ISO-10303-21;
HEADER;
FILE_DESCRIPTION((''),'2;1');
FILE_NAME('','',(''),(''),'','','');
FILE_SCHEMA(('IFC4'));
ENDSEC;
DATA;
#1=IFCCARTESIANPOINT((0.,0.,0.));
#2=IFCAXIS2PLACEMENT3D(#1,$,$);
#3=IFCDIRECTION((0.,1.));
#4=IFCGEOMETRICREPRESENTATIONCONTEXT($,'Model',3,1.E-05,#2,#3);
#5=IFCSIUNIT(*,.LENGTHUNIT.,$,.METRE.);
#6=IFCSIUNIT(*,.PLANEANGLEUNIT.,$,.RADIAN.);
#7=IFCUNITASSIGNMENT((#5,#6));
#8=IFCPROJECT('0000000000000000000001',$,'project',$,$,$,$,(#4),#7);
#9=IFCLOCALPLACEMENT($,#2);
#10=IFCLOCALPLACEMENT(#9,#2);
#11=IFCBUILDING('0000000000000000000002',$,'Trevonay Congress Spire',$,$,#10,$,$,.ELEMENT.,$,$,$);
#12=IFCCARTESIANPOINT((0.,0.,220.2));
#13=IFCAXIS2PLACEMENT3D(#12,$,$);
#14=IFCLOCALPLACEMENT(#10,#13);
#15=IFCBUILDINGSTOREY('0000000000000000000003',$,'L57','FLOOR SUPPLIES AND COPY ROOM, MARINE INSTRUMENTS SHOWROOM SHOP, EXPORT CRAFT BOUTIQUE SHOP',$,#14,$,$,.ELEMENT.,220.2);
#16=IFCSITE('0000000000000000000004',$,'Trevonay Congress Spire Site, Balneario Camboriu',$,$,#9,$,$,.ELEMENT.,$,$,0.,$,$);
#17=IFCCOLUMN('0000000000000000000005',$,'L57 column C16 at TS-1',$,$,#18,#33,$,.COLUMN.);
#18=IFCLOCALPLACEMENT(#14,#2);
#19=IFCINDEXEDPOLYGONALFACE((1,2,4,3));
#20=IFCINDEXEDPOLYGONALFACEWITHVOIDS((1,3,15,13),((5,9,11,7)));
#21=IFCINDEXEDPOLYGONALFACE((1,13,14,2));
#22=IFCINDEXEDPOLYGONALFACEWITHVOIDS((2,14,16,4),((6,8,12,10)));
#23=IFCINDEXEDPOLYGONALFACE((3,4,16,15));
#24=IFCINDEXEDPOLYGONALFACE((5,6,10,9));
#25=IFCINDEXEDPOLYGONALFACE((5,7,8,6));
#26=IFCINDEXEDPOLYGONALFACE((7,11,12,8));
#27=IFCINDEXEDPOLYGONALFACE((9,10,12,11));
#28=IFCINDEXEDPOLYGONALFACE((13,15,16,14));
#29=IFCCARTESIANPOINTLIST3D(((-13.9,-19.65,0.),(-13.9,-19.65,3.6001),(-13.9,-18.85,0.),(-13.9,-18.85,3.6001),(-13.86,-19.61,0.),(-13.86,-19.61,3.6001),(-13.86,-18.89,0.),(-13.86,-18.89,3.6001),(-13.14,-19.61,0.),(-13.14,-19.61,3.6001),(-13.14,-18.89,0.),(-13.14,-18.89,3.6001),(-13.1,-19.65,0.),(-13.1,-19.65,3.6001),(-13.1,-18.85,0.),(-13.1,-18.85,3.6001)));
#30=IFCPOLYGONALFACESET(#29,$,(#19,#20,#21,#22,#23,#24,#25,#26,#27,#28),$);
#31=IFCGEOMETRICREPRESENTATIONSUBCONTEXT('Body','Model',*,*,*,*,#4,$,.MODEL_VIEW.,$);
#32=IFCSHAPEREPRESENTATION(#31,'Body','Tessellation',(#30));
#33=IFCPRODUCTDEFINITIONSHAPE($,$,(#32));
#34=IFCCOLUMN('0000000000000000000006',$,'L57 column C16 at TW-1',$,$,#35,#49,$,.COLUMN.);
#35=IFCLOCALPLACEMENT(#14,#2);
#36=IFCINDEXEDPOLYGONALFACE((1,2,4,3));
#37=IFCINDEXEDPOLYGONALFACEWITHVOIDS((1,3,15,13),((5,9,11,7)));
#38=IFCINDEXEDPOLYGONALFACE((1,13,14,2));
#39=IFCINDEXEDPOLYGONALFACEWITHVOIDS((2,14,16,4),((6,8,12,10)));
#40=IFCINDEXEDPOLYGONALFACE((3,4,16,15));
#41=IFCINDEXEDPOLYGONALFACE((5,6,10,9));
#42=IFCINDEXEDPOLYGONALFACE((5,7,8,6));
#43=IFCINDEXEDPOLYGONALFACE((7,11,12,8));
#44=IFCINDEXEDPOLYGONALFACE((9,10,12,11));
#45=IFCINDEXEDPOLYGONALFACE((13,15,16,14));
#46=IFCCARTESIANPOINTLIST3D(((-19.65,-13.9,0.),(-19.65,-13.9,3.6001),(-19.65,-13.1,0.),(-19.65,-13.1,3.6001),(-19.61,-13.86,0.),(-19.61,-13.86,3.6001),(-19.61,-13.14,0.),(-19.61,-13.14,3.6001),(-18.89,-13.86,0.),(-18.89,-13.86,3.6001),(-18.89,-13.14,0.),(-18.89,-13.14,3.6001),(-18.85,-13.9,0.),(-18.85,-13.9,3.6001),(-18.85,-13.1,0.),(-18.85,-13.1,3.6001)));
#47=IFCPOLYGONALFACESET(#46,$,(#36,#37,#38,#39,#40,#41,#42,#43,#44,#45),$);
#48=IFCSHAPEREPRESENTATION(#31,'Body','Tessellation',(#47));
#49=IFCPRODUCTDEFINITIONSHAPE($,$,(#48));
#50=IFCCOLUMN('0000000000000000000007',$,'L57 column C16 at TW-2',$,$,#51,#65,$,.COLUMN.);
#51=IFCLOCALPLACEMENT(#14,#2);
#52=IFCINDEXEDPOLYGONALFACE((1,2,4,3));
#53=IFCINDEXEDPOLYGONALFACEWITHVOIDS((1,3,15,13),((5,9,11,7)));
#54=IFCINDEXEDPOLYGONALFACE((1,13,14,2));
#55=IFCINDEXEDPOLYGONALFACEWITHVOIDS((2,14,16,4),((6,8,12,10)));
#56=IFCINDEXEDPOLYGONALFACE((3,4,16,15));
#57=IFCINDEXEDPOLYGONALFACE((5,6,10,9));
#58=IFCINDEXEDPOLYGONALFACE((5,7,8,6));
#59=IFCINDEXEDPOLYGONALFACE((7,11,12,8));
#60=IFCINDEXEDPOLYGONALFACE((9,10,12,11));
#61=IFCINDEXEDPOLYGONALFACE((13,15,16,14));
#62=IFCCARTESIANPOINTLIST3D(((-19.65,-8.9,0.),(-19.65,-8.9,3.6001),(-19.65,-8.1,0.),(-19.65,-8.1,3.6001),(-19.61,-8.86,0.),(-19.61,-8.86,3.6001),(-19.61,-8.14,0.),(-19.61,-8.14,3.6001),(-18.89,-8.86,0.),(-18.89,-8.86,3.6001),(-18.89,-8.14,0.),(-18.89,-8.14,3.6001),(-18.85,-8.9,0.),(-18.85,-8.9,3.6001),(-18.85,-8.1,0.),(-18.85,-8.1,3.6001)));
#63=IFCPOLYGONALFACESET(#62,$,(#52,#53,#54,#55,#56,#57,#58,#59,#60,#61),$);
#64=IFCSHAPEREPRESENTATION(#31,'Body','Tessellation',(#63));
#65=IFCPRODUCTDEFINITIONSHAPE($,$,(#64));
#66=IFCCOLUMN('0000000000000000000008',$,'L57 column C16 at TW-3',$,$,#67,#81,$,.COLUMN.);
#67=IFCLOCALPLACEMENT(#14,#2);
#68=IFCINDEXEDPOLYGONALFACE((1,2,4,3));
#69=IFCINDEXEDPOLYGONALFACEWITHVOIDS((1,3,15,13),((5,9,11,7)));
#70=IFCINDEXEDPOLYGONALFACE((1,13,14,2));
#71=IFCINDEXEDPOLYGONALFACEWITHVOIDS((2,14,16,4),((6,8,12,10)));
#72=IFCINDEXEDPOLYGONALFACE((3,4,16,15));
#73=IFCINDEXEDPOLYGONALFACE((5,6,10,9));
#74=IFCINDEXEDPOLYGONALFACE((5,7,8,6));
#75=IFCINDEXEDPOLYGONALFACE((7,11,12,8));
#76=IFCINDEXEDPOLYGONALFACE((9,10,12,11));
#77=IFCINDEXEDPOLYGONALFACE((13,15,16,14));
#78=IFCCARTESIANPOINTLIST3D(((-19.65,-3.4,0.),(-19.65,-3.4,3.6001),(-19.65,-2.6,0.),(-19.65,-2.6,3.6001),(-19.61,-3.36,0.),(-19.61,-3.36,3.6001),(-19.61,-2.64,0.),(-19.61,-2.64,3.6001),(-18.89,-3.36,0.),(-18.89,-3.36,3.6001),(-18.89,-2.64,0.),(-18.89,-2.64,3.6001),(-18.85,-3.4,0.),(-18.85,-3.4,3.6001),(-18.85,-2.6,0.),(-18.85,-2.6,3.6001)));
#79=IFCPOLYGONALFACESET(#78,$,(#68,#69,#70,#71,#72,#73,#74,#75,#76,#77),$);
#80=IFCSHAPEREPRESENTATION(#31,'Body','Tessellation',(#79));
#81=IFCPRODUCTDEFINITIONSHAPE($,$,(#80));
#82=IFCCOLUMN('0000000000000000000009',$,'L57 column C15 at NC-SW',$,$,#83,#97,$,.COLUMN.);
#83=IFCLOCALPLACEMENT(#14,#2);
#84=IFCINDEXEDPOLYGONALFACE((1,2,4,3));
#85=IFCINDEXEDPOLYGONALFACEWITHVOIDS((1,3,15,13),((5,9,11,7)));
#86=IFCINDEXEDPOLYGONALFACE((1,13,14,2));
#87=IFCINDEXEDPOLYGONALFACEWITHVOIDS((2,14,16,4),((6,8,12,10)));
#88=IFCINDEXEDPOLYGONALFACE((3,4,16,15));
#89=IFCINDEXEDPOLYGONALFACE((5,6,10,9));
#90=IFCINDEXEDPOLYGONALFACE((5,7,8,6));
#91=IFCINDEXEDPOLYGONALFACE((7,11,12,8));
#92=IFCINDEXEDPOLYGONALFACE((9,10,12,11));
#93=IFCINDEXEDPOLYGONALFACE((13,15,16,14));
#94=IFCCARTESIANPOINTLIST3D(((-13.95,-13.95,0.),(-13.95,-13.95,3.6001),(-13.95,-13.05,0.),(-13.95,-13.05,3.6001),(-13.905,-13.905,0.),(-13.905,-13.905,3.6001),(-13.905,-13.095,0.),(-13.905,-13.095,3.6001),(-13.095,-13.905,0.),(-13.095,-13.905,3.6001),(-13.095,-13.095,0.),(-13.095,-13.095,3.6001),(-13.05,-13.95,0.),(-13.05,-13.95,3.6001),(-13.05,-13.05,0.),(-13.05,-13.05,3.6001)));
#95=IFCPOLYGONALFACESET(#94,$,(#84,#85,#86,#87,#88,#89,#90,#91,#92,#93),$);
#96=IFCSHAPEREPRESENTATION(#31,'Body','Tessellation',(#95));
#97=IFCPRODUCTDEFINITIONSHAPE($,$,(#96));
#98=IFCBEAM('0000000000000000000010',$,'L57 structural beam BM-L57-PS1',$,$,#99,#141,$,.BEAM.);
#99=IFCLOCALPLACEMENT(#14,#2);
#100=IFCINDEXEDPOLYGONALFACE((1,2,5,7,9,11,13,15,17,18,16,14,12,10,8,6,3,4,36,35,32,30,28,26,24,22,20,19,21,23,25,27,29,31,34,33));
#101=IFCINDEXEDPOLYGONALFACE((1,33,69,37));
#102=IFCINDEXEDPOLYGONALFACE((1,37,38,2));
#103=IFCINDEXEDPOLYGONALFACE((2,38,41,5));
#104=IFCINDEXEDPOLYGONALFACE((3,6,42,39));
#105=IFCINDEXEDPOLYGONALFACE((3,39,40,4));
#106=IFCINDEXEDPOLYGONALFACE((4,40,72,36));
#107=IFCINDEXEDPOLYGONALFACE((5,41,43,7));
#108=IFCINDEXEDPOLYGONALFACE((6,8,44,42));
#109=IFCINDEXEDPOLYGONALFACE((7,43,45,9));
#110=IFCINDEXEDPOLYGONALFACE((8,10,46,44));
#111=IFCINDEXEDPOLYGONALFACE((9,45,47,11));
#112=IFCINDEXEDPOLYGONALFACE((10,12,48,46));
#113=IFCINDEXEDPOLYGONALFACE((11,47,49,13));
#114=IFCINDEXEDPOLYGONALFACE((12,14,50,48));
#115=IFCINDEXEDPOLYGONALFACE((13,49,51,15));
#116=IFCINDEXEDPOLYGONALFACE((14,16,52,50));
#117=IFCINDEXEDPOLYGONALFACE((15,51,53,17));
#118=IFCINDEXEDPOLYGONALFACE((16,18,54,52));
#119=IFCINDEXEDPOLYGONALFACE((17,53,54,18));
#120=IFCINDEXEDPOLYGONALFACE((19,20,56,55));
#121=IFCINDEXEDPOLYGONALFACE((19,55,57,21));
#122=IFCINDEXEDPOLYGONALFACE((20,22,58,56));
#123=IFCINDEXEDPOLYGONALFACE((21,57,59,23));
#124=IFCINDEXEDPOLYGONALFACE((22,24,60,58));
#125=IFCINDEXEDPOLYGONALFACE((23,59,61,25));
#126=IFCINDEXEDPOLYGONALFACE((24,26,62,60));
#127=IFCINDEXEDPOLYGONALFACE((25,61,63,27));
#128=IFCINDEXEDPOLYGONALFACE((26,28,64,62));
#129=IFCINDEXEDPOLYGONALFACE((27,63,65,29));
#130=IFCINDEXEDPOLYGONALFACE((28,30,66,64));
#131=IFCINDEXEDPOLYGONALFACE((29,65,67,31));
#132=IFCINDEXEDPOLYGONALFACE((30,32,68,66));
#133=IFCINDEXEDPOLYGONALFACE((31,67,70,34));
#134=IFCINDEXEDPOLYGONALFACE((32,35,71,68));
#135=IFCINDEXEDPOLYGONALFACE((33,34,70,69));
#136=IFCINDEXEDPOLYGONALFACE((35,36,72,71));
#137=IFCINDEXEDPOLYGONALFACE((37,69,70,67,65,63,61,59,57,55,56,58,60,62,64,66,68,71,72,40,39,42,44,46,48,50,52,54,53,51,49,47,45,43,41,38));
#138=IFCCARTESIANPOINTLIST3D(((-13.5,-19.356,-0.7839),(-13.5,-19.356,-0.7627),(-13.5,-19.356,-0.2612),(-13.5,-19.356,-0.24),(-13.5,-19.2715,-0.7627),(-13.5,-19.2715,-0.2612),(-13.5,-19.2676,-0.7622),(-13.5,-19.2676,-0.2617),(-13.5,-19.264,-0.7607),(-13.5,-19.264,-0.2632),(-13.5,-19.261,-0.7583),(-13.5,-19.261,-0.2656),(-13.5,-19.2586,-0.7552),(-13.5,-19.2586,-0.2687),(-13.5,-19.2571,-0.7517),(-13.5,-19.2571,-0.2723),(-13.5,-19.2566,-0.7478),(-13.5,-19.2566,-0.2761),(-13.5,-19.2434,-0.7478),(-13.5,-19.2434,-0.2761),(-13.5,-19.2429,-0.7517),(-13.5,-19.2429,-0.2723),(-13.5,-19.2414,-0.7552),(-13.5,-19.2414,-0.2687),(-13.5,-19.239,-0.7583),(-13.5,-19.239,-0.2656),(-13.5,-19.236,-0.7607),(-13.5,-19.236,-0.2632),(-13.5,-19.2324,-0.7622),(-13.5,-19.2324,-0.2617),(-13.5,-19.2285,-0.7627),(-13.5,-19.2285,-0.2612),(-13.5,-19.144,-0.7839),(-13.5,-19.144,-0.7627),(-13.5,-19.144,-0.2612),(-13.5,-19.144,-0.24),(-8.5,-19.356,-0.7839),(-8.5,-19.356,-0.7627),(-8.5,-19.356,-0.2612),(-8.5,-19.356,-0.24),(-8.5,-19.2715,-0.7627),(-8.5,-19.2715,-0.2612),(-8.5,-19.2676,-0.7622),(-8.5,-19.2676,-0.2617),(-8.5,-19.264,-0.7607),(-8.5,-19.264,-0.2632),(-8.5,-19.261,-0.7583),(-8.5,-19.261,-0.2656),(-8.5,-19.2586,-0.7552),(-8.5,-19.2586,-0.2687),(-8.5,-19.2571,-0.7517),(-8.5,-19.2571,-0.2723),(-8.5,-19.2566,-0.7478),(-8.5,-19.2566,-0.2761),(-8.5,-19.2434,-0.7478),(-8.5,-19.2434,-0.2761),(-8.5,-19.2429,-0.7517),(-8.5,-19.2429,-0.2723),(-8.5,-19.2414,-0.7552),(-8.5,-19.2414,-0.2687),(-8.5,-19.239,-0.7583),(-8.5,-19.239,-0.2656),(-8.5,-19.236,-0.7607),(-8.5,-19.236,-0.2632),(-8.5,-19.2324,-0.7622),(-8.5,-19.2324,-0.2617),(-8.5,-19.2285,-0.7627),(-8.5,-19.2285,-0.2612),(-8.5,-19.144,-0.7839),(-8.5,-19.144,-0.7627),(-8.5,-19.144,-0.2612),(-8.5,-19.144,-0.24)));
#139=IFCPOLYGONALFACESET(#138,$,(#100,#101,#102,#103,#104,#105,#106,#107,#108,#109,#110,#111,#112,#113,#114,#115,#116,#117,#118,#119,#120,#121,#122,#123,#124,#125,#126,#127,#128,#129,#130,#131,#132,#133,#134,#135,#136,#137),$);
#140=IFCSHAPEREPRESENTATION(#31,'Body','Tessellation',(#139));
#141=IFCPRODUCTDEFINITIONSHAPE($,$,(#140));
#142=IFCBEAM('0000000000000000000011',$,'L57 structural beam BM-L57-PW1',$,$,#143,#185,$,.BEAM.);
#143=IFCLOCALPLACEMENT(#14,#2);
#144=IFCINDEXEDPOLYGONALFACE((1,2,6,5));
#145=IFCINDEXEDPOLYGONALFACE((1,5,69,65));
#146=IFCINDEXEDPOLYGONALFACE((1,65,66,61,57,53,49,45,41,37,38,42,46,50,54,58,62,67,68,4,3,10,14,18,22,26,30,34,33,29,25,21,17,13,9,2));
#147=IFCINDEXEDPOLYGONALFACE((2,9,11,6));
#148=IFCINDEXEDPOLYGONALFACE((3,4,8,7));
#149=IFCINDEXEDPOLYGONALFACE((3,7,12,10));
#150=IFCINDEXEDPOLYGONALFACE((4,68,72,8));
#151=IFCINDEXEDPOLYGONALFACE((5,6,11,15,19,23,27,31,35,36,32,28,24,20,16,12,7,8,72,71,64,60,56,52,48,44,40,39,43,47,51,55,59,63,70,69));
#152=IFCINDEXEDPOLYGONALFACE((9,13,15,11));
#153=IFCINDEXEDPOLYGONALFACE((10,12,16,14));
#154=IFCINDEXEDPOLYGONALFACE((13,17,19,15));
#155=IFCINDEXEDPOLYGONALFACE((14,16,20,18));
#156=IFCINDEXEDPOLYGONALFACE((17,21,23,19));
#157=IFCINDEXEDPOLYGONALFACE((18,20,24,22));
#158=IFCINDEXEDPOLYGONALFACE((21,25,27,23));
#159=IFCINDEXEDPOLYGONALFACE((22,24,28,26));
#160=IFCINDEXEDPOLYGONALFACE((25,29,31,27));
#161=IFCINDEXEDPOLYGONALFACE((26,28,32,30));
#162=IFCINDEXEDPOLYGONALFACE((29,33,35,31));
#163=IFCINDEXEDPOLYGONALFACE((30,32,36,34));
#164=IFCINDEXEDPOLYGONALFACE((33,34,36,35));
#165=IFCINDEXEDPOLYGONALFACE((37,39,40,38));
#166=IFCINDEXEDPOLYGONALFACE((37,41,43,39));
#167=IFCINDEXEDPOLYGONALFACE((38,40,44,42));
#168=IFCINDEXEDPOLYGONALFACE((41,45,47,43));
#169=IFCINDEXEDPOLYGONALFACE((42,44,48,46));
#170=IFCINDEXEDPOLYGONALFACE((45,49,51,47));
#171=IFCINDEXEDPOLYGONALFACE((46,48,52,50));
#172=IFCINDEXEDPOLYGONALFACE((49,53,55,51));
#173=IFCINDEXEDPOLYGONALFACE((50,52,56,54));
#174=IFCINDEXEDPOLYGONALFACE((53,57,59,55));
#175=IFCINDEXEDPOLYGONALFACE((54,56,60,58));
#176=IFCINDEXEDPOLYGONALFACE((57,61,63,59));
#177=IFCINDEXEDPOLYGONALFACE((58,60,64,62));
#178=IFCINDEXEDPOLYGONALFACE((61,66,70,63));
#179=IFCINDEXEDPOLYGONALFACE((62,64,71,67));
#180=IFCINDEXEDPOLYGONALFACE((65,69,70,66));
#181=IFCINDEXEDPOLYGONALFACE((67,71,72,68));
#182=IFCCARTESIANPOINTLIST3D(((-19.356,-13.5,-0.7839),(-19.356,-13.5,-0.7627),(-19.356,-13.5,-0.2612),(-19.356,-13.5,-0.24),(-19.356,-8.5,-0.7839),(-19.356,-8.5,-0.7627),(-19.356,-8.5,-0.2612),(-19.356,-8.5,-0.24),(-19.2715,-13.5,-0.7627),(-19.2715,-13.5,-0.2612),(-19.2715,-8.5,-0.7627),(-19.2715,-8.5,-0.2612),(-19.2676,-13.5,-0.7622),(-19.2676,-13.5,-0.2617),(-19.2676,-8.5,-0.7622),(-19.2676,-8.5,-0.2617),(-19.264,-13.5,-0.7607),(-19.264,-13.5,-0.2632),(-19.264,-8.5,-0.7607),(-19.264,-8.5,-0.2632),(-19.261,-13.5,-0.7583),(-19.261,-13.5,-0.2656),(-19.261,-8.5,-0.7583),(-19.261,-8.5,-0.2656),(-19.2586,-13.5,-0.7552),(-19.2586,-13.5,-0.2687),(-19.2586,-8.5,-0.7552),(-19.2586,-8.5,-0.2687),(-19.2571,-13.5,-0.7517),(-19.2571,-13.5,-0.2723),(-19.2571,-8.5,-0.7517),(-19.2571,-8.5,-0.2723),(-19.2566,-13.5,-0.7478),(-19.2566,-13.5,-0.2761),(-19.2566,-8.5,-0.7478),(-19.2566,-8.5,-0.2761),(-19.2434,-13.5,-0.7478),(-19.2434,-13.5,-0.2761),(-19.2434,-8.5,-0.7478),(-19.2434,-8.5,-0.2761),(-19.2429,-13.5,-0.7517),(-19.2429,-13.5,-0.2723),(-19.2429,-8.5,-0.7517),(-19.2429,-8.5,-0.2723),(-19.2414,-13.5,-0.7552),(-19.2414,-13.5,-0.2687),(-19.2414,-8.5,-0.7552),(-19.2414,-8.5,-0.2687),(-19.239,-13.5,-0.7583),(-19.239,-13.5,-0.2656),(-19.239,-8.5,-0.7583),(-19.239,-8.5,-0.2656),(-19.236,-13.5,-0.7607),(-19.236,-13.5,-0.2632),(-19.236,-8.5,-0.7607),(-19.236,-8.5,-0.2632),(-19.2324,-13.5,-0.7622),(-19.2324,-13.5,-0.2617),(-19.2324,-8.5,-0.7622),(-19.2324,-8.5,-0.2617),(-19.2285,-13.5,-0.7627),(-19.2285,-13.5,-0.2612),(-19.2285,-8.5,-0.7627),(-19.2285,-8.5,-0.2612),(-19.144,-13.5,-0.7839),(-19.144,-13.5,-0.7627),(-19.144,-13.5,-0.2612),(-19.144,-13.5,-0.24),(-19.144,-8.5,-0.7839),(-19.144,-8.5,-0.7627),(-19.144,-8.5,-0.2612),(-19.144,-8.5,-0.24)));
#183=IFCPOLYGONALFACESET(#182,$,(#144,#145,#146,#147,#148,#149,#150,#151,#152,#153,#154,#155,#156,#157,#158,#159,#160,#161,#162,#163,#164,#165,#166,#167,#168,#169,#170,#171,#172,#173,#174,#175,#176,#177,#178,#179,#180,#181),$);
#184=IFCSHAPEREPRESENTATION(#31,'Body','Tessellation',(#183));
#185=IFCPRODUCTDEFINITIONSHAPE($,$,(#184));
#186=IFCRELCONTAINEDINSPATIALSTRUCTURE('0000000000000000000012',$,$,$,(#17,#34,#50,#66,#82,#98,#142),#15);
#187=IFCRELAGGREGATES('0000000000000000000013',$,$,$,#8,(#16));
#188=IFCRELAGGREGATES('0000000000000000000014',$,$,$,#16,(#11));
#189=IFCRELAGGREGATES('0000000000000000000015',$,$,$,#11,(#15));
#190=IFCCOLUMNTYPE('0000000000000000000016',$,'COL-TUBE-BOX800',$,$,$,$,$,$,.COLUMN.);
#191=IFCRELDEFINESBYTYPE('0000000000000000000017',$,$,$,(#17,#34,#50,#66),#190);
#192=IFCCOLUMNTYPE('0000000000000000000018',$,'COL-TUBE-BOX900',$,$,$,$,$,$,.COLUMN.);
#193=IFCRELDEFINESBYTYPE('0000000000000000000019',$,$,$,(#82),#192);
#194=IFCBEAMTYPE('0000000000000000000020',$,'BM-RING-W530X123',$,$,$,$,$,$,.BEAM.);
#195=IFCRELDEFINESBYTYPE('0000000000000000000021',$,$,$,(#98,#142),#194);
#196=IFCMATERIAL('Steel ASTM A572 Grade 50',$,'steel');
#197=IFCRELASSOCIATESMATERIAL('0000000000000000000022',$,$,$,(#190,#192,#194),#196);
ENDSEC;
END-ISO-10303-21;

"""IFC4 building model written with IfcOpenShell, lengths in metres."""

from ifc_helpers import new_model, si_unit, direction, frame, origin, origin_2d, place, context, subcontext, project, spatial, hollow_rectangle, i_section, extrude, material, material_profile, profile_set, type_object, element, save


model = new_model("IFC4")

# Units and contexts
model_context = context("Model", 3, precision=1e-05, world=origin(), true_north=direction((0.0, 1.0)))
body_context = subcontext(model_context, "Body", "Model", "MODEL_VIEW")
ifc_project = project(units=[si_unit("LENGTHUNIT", "METRE"), si_unit("PLANEANGLEUNIT", "RADIAN")], contexts=[model_context])

# Site, building, storey
site_placement = place(None, origin())
site = spatial("IfcSite", under=ifc_project, at=site_placement, Name="Trevonay Congress Spire Site, Balneario Camboriu", CompositionType="ELEMENT", RefElevation=0.0)
building_placement = place(site_placement, origin())
building = spatial("IfcBuilding", under=site, at=building_placement, Name="Trevonay Congress Spire", CompositionType="ELEMENT")
storey_placement = place(building_placement, frame((0.0, 0.0, 220.2)))
storey = spatial("IfcBuildingStorey", under=building, at=storey_placement, Name="L57", Description="FLOOR SUPPLIES AND COPY ROOM, MARINE INSTRUMENTS SHOWROOM SHOP, EXPORT CRAFT BOUTIQUE SHOP", CompositionType="ELEMENT", Elevation=220.2)

# Columns
ifc_material_1 = material(Name="Steel ASTM A572 Grade 50", Category="steel")
ifc_material_profile_1 = material_profile(ifc_material_1, hollow_rectangle(XDim=0.8, YDim=0.8, WallThickness=0.04, at=origin_2d()), Name="BOX 800x800x40")
ifc_profile_set_1 = profile_set([ifc_material_profile_1], Name="Steel ASTM A572 Grade 50")
column_type_1 = type_object("IfcColumnType", Name="COL-TUBE-BOX800", PredefinedType="COLUMN", material=ifc_profile_set_1)
for number, where, z_axis, x_axis, name in (
    (1, (-13.5, -19.25, 0.0), (0.0, 0.0, 1.0), (1.0, 0.0, 0.0), "L57 column C16 at TS-1"),
    (2, (-19.25, -13.5, 0.0), (0.0, 0.0, 1.0), (1.0, 0.0, 0.0), "L57 column C16 at TW-1"),
    (3, (-19.25, -8.5, 0.0), (0.0, 0.0, 1.0), (1.0, 0.0, 0.0), "L57 column C16 at TW-2"),
    (4, (-19.25, -3.0, 0.0), (0.0, 0.0, 1.0), (1.0, 0.0, 0.0), "L57 column C16 at TW-3"),
):
    element("IfcColumn", number, at=place(storey_placement, frame(where, z_axis=z_axis, x_axis=x_axis)), inside=storey, type_object=column_type_1, Name=name, PredefinedType="COLUMN", context=body_context, shape_type="SweptSolid", body=[
        extrude(hollow_rectangle(XDim=0.8, YDim=0.8, WallThickness=0.04, at=origin_2d()), origin(), (0.0, 0.0, 1.0), 3.6001),
    ])
ifc_material_profile_2 = material_profile(ifc_material_1, hollow_rectangle(XDim=0.8999, YDim=0.8999, WallThickness=0.0449, at=origin_2d()), Name="BOX 900x900x45")
ifc_profile_set_2 = profile_set([ifc_material_profile_2], Name="Steel ASTM A572 Grade 50")
column_type_2 = type_object("IfcColumnType", Name="COL-TUBE-BOX900", PredefinedType="COLUMN", material=ifc_profile_set_2)
column_placement = place(storey_placement, frame((-13.5, -13.5, 0.0), z_axis=(0.0, 0.0, 1.0), x_axis=(1.0, 0.0, 0.0)))
element("IfcColumn", 5, at=column_placement, inside=storey, type_object=column_type_2, Name="L57 column C15 at NC-SW", PredefinedType="COLUMN", context=body_context, shape_type="SweptSolid", body=[
    extrude(hollow_rectangle(XDim=0.8999, YDim=0.8999, WallThickness=0.0449, at=origin_2d()), origin(), (0.0, 0.0, 1.0), 3.6001),
])

# Beams
ifc_material_profile_3 = material_profile(ifc_material_1, i_section(OverallWidth=0.2119, OverallDepth=0.5439, WebThickness=0.0132, FlangeThickness=0.0212, FilletRadius=0.0149, at=origin_2d()), Name="W530x123")
ifc_profile_set_3 = profile_set([ifc_material_profile_3], Name="Steel ASTM A572 Grade 50")
beam_type_1 = type_object("IfcBeamType", Name="BM-RING-W530X123", PredefinedType="BEAM", material=ifc_profile_set_3)
for number, where, z_axis, x_axis, name in (
    (6, (-13.5, -19.25, -0.512), (1.0, 0.0, 0.0), (0.0, 1.0, 0.0), "L57 structural beam BM-L57-PS1"),
    (7, (-19.25, -13.5, -0.512), (0.0, 1.0, 0.0), (-1.0, 0.0, 0.0), "L57 structural beam BM-L57-PW1"),
):
    element("IfcBeam", number, at=place(storey_placement, frame(where, z_axis=z_axis, x_axis=x_axis)), inside=storey, type_object=beam_type_1, Name=name, PredefinedType="BEAM", context=body_context, shape_type="SweptSolid", body=[
        extrude(i_section(OverallWidth=0.2119, OverallDepth=0.5439, WebThickness=0.0132, FlangeThickness=0.0212, FilletRadius=0.0149, at=origin_2d()), origin(), (0.0, 0.0, 1.0), 5.0),
    ])

save(model, "model.ifc")
